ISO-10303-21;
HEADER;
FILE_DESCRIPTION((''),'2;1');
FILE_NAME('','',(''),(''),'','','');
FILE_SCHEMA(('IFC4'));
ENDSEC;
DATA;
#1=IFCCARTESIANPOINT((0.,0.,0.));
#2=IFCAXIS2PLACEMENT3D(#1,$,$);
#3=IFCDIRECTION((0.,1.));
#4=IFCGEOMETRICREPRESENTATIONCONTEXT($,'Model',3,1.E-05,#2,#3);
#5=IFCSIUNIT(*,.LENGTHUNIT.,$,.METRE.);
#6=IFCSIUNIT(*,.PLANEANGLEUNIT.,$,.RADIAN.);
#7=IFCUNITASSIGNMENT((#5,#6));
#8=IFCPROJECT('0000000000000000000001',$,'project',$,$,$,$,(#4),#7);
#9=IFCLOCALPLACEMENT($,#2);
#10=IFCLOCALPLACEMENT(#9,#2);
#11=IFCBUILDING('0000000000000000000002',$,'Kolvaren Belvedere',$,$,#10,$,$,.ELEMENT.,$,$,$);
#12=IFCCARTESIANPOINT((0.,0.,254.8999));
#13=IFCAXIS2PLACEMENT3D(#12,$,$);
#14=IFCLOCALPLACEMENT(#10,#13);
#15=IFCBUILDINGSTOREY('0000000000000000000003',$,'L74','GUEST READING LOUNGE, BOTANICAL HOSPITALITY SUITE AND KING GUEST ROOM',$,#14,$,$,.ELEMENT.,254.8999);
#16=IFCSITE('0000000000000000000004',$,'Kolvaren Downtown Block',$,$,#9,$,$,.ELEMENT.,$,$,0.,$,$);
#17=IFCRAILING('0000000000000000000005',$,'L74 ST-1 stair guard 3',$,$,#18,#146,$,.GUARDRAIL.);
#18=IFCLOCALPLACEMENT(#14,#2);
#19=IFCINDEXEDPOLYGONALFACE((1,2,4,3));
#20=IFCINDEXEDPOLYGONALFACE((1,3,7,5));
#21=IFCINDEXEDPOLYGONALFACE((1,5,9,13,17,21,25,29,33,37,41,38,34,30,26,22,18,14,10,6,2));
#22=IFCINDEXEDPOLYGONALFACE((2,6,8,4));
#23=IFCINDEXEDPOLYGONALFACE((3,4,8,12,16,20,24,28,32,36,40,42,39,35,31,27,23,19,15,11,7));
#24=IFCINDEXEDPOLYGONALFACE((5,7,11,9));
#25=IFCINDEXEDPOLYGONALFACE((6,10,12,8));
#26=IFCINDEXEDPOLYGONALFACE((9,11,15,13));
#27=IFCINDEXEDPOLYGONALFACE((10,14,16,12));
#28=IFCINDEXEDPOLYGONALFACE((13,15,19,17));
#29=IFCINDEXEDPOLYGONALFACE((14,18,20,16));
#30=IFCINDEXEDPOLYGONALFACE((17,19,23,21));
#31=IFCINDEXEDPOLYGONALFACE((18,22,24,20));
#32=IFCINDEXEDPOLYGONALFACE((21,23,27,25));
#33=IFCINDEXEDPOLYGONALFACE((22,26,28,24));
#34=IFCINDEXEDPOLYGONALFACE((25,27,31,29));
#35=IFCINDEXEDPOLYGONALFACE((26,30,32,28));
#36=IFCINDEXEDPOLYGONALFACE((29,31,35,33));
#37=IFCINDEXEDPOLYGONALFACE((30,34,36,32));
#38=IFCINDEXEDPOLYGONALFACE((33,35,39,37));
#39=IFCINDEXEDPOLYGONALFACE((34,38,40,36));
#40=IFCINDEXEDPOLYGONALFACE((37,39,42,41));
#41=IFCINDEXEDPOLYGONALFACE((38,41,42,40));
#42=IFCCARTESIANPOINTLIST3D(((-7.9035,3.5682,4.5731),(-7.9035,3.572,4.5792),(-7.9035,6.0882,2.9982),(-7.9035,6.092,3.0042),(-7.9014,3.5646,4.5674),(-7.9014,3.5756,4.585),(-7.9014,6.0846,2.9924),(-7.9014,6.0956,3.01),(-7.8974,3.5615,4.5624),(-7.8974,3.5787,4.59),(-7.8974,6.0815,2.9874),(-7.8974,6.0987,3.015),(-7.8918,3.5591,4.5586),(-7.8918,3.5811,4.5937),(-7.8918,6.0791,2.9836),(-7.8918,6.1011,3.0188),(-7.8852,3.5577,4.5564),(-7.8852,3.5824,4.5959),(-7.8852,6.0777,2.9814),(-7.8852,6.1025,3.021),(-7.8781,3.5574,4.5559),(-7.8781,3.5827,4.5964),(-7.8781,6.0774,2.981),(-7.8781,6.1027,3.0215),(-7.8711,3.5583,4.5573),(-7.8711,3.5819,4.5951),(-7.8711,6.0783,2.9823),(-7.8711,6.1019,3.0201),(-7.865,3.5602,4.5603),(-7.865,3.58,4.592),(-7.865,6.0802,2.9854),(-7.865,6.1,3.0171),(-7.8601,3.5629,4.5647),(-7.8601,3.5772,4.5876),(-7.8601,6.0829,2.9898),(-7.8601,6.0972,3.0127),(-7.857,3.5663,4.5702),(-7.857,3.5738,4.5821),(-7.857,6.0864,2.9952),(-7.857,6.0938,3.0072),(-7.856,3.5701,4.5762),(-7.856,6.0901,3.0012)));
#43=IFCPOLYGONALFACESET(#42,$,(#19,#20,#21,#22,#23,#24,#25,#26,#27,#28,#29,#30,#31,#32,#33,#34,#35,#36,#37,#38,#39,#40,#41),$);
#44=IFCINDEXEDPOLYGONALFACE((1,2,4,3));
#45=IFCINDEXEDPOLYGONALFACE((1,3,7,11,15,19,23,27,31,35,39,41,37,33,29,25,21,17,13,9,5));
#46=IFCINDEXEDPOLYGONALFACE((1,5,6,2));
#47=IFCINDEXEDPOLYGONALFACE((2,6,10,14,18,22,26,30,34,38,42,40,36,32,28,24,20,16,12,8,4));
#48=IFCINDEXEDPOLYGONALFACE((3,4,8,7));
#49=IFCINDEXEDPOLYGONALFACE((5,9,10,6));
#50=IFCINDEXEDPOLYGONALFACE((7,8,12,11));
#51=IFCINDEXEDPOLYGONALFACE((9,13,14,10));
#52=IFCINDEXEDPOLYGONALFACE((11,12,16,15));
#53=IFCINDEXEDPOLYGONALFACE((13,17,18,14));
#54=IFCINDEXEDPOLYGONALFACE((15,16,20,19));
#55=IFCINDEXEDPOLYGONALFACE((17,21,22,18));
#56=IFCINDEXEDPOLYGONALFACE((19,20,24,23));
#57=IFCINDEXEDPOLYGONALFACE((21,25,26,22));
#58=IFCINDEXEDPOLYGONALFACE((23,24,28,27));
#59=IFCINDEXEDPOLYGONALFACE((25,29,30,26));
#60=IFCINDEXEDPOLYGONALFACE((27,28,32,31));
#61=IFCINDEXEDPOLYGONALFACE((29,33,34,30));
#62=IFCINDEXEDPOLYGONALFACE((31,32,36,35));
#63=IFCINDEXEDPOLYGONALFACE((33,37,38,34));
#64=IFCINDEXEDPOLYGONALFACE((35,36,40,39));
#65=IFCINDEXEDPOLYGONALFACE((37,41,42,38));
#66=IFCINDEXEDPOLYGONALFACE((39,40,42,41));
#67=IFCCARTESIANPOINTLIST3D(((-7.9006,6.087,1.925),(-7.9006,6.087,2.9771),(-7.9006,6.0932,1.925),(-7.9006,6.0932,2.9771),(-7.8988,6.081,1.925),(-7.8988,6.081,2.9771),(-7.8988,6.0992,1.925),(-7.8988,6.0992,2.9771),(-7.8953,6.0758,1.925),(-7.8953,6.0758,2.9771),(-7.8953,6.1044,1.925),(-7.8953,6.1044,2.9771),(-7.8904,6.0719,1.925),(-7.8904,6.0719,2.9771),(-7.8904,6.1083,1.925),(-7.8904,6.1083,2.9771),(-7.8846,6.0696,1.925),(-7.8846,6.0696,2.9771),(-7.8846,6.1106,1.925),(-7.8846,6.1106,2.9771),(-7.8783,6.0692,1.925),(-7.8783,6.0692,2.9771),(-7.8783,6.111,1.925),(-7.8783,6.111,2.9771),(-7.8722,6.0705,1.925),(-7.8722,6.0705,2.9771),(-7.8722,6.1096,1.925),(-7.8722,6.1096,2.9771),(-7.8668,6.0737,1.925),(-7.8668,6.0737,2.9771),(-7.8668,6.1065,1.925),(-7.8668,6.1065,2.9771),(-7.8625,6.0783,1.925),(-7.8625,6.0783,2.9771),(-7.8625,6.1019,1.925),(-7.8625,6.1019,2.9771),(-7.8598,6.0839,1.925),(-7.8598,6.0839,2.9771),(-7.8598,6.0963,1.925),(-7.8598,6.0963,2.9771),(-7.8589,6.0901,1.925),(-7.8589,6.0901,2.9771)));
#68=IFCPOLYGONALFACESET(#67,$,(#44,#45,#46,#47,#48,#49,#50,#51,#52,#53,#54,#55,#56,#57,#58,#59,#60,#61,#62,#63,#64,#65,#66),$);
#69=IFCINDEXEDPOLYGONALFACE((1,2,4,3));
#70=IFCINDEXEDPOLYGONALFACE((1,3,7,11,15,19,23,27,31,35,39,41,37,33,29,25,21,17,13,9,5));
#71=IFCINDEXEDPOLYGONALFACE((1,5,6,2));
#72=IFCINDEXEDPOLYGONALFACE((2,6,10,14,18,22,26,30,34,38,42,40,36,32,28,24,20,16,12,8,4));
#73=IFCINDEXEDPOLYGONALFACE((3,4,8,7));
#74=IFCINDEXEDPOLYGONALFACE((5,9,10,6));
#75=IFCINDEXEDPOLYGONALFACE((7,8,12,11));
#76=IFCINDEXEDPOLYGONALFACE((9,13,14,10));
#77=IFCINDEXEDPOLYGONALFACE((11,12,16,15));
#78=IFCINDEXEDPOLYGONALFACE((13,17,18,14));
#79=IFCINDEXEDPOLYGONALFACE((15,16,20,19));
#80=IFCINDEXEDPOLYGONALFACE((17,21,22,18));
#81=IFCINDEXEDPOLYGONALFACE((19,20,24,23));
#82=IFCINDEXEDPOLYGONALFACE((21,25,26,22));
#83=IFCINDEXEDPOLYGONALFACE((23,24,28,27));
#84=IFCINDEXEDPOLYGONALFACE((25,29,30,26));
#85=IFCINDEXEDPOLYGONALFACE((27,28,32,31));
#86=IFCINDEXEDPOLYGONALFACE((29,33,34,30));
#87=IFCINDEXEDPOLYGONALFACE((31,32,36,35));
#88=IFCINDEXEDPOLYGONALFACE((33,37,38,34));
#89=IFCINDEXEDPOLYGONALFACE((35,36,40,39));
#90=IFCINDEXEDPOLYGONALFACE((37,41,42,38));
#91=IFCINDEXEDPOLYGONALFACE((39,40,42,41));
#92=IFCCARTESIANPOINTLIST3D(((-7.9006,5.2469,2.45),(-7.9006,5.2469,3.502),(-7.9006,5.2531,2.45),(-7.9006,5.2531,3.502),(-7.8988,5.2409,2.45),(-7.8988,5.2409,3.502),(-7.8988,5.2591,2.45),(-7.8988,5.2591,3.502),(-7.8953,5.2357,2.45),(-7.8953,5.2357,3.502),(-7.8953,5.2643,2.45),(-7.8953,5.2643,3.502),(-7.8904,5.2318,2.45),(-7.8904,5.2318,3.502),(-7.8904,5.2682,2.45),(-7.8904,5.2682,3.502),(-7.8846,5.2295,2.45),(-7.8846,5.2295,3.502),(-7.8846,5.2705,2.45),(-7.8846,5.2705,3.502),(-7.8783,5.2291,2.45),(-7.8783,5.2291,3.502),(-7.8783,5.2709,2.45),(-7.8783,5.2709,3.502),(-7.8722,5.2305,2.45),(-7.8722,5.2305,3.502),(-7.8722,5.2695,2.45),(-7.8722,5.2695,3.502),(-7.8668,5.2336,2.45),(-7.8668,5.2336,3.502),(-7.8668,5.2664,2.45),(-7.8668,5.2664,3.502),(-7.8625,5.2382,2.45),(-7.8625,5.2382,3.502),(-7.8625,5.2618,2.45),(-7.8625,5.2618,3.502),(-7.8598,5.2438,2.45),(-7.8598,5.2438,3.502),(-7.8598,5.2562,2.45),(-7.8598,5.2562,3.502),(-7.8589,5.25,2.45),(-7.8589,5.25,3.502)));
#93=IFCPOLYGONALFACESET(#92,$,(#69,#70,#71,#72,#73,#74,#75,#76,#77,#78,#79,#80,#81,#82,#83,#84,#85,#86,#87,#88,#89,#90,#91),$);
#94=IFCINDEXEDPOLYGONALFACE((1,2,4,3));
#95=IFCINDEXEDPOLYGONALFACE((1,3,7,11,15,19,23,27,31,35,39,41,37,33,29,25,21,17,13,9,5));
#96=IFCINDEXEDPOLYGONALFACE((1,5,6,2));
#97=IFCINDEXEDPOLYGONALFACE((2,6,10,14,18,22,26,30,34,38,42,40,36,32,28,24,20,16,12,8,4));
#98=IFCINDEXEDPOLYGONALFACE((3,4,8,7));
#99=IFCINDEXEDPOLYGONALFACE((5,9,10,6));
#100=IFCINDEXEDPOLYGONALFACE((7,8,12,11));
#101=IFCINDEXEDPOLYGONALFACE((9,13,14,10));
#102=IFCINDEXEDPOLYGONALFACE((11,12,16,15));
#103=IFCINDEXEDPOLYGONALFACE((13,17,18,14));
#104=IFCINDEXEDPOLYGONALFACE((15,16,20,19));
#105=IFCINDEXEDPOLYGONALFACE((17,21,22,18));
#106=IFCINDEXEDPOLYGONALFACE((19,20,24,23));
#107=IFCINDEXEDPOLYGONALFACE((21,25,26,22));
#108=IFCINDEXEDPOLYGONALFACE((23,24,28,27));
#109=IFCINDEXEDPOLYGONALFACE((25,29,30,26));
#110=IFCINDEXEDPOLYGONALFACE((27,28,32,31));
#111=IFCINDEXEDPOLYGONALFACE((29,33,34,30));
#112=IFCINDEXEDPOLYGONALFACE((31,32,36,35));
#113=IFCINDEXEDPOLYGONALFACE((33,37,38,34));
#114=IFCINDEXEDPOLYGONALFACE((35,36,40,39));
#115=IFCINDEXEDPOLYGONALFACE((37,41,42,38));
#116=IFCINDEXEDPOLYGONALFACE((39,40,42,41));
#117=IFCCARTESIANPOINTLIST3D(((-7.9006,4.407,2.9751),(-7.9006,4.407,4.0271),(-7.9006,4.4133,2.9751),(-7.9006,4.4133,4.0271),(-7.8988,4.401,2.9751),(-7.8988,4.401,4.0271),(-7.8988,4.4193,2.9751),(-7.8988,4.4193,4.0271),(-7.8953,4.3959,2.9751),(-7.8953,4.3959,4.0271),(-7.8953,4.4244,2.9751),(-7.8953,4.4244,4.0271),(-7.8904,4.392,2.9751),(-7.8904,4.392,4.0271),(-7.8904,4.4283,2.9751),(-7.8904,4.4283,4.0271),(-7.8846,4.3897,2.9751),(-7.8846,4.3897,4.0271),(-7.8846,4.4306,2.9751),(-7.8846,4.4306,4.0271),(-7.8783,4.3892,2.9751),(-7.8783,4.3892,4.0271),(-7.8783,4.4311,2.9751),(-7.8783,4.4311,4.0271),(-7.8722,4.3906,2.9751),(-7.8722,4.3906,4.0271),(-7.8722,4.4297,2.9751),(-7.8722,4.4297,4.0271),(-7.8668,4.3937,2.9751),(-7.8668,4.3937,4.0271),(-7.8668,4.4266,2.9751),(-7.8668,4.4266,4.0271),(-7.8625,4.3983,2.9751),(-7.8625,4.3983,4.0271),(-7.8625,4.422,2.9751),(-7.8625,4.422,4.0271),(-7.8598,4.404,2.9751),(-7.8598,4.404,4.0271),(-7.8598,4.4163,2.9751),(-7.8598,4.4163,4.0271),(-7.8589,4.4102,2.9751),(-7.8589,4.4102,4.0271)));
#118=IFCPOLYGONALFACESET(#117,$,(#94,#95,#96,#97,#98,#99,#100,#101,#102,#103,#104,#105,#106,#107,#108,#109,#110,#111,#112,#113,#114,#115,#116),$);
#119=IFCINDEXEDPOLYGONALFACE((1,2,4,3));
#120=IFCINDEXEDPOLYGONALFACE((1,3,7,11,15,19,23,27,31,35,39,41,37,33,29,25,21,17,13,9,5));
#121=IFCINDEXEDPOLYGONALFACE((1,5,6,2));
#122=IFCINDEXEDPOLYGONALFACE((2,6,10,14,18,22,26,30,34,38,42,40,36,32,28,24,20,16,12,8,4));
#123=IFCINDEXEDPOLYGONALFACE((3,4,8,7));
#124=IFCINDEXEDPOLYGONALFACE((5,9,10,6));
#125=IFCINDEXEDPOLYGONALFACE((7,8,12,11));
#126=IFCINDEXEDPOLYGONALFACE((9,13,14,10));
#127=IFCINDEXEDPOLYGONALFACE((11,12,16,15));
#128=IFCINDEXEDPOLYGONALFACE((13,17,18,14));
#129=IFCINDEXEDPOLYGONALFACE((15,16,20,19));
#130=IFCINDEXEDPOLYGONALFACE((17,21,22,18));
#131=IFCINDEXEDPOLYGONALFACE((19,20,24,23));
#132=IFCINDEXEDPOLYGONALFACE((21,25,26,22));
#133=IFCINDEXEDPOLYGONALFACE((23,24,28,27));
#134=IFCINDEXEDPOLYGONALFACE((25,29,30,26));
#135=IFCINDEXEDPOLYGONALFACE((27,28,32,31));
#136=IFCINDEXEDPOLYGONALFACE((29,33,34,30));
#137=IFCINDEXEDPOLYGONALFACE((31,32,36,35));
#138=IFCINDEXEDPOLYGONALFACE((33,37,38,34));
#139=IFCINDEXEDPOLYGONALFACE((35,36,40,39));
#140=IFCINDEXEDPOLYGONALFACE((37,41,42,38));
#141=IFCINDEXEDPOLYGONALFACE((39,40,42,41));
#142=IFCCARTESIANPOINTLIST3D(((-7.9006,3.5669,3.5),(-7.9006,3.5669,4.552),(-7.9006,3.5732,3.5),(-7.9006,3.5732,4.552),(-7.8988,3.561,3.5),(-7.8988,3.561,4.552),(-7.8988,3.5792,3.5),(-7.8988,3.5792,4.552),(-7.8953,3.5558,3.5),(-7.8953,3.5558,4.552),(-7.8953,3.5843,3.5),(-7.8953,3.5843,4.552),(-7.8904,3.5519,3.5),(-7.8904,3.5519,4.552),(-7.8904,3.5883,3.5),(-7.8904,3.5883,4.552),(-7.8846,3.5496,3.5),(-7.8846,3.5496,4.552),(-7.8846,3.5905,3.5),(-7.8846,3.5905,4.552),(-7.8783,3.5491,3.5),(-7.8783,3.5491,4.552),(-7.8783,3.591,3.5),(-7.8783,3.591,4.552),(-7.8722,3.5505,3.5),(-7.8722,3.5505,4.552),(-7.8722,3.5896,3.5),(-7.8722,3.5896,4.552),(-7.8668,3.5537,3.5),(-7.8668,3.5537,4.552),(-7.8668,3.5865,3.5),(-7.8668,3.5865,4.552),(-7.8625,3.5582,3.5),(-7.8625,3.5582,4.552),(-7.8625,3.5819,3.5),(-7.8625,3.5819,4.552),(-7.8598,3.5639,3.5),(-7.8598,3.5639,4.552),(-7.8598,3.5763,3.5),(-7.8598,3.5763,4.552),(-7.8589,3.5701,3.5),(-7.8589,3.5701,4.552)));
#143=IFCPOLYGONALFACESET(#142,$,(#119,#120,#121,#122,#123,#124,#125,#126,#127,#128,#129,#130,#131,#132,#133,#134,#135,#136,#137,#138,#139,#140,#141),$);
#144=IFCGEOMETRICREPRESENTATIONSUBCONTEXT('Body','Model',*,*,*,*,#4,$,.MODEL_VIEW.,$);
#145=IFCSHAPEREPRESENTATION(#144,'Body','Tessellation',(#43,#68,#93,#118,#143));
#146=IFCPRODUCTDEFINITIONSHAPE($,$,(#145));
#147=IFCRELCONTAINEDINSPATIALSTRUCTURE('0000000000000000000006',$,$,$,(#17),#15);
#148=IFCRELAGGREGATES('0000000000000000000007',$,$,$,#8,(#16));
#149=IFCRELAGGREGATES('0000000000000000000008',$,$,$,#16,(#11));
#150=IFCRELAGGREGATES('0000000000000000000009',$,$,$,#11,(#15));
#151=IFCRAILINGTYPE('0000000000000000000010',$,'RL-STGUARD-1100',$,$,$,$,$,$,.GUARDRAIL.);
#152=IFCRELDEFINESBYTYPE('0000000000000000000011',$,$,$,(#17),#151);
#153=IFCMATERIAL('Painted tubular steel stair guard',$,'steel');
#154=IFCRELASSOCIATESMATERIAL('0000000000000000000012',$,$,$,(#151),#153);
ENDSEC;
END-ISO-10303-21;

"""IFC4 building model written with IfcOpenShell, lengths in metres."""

from ifc_helpers import new_model, si_unit, direction, frame, origin, origin_2d, place, context, subcontext, project, spatial, circle, extrude, material, type_object, element, save


model = new_model("IFC4")

# Units and contexts
model_context = context("Model", 3, precision=1e-05, world=origin(), true_north=direction((0.0, 1.0)))
body_context = subcontext(model_context, "Body", "Model", "MODEL_VIEW")
ifc_project = project(units=[si_unit("LENGTHUNIT", "METRE"), si_unit("PLANEANGLEUNIT", "RADIAN")], contexts=[model_context])

# Site, building, storey
site_placement = place(None, origin())
site = spatial("IfcSite", under=ifc_project, at=site_placement, Name="Kolvaren Downtown Block", CompositionType="ELEMENT", RefElevation=0.0)
building_placement = place(site_placement, origin())
building = spatial("IfcBuilding", under=site, at=building_placement, Name="Kolvaren Belvedere", CompositionType="ELEMENT")
storey_placement = place(building_placement, frame((0.0, 0.0, 254.8999)))
storey = spatial("IfcBuildingStorey", under=building, at=storey_placement, Name="L74", Description="GUEST READING LOUNGE, BOTANICAL HOSPITALITY SUITE AND KING GUEST ROOM", CompositionType="ELEMENT", Elevation=254.8999)

# Railing
ifc_material_1 = material(Name="Painted tubular steel stair guard", Category="steel")
railing_type_1 = type_object("IfcRailingType", Name="RL-STGUARD-1100", PredefinedType="GUARDRAIL", material=ifc_material_1)
railing_1_placement = place(storey_placement, frame((-7.8799, 6.0901, 1.925)))
element("IfcRailing", 1, at=railing_1_placement, inside=storey, type_object=railing_type_1, Name="L74 ST-1 stair guard 3", PredefinedType="GUARDRAIL", context=body_context, shape_type="SweptSolid", body=[
    extrude(circle(Radius=0.0239, at=origin_2d()), frame((0.0, 0.0, 1.0762), z_axis=(0.0, -0.848008, 0.529984), x_axis=(1.0, 0.0, 0.0)), (0.0, 0.0, 1.0), 2.9717),
    extrude(circle(Radius=0.021, at=origin_2d()), origin(), (0.0, 0.0, 1.0), 1.052),
    extrude(circle(Radius=0.021, at=origin_2d()), frame((0.0, -0.8401, 0.5249)), (0.0, 0.0, 1.0), 1.052),
    extrude(circle(Radius=0.021, at=origin_2d()), frame((0.0, -1.6799, 1.05)), (0.0, 0.0, 1.0), 1.052),
    extrude(circle(Radius=0.021, at=origin_2d()), frame((0.0, -2.52, 1.575)), (0.0, 0.0, 1.0), 1.052),
])

save(model, "model.ifc")
